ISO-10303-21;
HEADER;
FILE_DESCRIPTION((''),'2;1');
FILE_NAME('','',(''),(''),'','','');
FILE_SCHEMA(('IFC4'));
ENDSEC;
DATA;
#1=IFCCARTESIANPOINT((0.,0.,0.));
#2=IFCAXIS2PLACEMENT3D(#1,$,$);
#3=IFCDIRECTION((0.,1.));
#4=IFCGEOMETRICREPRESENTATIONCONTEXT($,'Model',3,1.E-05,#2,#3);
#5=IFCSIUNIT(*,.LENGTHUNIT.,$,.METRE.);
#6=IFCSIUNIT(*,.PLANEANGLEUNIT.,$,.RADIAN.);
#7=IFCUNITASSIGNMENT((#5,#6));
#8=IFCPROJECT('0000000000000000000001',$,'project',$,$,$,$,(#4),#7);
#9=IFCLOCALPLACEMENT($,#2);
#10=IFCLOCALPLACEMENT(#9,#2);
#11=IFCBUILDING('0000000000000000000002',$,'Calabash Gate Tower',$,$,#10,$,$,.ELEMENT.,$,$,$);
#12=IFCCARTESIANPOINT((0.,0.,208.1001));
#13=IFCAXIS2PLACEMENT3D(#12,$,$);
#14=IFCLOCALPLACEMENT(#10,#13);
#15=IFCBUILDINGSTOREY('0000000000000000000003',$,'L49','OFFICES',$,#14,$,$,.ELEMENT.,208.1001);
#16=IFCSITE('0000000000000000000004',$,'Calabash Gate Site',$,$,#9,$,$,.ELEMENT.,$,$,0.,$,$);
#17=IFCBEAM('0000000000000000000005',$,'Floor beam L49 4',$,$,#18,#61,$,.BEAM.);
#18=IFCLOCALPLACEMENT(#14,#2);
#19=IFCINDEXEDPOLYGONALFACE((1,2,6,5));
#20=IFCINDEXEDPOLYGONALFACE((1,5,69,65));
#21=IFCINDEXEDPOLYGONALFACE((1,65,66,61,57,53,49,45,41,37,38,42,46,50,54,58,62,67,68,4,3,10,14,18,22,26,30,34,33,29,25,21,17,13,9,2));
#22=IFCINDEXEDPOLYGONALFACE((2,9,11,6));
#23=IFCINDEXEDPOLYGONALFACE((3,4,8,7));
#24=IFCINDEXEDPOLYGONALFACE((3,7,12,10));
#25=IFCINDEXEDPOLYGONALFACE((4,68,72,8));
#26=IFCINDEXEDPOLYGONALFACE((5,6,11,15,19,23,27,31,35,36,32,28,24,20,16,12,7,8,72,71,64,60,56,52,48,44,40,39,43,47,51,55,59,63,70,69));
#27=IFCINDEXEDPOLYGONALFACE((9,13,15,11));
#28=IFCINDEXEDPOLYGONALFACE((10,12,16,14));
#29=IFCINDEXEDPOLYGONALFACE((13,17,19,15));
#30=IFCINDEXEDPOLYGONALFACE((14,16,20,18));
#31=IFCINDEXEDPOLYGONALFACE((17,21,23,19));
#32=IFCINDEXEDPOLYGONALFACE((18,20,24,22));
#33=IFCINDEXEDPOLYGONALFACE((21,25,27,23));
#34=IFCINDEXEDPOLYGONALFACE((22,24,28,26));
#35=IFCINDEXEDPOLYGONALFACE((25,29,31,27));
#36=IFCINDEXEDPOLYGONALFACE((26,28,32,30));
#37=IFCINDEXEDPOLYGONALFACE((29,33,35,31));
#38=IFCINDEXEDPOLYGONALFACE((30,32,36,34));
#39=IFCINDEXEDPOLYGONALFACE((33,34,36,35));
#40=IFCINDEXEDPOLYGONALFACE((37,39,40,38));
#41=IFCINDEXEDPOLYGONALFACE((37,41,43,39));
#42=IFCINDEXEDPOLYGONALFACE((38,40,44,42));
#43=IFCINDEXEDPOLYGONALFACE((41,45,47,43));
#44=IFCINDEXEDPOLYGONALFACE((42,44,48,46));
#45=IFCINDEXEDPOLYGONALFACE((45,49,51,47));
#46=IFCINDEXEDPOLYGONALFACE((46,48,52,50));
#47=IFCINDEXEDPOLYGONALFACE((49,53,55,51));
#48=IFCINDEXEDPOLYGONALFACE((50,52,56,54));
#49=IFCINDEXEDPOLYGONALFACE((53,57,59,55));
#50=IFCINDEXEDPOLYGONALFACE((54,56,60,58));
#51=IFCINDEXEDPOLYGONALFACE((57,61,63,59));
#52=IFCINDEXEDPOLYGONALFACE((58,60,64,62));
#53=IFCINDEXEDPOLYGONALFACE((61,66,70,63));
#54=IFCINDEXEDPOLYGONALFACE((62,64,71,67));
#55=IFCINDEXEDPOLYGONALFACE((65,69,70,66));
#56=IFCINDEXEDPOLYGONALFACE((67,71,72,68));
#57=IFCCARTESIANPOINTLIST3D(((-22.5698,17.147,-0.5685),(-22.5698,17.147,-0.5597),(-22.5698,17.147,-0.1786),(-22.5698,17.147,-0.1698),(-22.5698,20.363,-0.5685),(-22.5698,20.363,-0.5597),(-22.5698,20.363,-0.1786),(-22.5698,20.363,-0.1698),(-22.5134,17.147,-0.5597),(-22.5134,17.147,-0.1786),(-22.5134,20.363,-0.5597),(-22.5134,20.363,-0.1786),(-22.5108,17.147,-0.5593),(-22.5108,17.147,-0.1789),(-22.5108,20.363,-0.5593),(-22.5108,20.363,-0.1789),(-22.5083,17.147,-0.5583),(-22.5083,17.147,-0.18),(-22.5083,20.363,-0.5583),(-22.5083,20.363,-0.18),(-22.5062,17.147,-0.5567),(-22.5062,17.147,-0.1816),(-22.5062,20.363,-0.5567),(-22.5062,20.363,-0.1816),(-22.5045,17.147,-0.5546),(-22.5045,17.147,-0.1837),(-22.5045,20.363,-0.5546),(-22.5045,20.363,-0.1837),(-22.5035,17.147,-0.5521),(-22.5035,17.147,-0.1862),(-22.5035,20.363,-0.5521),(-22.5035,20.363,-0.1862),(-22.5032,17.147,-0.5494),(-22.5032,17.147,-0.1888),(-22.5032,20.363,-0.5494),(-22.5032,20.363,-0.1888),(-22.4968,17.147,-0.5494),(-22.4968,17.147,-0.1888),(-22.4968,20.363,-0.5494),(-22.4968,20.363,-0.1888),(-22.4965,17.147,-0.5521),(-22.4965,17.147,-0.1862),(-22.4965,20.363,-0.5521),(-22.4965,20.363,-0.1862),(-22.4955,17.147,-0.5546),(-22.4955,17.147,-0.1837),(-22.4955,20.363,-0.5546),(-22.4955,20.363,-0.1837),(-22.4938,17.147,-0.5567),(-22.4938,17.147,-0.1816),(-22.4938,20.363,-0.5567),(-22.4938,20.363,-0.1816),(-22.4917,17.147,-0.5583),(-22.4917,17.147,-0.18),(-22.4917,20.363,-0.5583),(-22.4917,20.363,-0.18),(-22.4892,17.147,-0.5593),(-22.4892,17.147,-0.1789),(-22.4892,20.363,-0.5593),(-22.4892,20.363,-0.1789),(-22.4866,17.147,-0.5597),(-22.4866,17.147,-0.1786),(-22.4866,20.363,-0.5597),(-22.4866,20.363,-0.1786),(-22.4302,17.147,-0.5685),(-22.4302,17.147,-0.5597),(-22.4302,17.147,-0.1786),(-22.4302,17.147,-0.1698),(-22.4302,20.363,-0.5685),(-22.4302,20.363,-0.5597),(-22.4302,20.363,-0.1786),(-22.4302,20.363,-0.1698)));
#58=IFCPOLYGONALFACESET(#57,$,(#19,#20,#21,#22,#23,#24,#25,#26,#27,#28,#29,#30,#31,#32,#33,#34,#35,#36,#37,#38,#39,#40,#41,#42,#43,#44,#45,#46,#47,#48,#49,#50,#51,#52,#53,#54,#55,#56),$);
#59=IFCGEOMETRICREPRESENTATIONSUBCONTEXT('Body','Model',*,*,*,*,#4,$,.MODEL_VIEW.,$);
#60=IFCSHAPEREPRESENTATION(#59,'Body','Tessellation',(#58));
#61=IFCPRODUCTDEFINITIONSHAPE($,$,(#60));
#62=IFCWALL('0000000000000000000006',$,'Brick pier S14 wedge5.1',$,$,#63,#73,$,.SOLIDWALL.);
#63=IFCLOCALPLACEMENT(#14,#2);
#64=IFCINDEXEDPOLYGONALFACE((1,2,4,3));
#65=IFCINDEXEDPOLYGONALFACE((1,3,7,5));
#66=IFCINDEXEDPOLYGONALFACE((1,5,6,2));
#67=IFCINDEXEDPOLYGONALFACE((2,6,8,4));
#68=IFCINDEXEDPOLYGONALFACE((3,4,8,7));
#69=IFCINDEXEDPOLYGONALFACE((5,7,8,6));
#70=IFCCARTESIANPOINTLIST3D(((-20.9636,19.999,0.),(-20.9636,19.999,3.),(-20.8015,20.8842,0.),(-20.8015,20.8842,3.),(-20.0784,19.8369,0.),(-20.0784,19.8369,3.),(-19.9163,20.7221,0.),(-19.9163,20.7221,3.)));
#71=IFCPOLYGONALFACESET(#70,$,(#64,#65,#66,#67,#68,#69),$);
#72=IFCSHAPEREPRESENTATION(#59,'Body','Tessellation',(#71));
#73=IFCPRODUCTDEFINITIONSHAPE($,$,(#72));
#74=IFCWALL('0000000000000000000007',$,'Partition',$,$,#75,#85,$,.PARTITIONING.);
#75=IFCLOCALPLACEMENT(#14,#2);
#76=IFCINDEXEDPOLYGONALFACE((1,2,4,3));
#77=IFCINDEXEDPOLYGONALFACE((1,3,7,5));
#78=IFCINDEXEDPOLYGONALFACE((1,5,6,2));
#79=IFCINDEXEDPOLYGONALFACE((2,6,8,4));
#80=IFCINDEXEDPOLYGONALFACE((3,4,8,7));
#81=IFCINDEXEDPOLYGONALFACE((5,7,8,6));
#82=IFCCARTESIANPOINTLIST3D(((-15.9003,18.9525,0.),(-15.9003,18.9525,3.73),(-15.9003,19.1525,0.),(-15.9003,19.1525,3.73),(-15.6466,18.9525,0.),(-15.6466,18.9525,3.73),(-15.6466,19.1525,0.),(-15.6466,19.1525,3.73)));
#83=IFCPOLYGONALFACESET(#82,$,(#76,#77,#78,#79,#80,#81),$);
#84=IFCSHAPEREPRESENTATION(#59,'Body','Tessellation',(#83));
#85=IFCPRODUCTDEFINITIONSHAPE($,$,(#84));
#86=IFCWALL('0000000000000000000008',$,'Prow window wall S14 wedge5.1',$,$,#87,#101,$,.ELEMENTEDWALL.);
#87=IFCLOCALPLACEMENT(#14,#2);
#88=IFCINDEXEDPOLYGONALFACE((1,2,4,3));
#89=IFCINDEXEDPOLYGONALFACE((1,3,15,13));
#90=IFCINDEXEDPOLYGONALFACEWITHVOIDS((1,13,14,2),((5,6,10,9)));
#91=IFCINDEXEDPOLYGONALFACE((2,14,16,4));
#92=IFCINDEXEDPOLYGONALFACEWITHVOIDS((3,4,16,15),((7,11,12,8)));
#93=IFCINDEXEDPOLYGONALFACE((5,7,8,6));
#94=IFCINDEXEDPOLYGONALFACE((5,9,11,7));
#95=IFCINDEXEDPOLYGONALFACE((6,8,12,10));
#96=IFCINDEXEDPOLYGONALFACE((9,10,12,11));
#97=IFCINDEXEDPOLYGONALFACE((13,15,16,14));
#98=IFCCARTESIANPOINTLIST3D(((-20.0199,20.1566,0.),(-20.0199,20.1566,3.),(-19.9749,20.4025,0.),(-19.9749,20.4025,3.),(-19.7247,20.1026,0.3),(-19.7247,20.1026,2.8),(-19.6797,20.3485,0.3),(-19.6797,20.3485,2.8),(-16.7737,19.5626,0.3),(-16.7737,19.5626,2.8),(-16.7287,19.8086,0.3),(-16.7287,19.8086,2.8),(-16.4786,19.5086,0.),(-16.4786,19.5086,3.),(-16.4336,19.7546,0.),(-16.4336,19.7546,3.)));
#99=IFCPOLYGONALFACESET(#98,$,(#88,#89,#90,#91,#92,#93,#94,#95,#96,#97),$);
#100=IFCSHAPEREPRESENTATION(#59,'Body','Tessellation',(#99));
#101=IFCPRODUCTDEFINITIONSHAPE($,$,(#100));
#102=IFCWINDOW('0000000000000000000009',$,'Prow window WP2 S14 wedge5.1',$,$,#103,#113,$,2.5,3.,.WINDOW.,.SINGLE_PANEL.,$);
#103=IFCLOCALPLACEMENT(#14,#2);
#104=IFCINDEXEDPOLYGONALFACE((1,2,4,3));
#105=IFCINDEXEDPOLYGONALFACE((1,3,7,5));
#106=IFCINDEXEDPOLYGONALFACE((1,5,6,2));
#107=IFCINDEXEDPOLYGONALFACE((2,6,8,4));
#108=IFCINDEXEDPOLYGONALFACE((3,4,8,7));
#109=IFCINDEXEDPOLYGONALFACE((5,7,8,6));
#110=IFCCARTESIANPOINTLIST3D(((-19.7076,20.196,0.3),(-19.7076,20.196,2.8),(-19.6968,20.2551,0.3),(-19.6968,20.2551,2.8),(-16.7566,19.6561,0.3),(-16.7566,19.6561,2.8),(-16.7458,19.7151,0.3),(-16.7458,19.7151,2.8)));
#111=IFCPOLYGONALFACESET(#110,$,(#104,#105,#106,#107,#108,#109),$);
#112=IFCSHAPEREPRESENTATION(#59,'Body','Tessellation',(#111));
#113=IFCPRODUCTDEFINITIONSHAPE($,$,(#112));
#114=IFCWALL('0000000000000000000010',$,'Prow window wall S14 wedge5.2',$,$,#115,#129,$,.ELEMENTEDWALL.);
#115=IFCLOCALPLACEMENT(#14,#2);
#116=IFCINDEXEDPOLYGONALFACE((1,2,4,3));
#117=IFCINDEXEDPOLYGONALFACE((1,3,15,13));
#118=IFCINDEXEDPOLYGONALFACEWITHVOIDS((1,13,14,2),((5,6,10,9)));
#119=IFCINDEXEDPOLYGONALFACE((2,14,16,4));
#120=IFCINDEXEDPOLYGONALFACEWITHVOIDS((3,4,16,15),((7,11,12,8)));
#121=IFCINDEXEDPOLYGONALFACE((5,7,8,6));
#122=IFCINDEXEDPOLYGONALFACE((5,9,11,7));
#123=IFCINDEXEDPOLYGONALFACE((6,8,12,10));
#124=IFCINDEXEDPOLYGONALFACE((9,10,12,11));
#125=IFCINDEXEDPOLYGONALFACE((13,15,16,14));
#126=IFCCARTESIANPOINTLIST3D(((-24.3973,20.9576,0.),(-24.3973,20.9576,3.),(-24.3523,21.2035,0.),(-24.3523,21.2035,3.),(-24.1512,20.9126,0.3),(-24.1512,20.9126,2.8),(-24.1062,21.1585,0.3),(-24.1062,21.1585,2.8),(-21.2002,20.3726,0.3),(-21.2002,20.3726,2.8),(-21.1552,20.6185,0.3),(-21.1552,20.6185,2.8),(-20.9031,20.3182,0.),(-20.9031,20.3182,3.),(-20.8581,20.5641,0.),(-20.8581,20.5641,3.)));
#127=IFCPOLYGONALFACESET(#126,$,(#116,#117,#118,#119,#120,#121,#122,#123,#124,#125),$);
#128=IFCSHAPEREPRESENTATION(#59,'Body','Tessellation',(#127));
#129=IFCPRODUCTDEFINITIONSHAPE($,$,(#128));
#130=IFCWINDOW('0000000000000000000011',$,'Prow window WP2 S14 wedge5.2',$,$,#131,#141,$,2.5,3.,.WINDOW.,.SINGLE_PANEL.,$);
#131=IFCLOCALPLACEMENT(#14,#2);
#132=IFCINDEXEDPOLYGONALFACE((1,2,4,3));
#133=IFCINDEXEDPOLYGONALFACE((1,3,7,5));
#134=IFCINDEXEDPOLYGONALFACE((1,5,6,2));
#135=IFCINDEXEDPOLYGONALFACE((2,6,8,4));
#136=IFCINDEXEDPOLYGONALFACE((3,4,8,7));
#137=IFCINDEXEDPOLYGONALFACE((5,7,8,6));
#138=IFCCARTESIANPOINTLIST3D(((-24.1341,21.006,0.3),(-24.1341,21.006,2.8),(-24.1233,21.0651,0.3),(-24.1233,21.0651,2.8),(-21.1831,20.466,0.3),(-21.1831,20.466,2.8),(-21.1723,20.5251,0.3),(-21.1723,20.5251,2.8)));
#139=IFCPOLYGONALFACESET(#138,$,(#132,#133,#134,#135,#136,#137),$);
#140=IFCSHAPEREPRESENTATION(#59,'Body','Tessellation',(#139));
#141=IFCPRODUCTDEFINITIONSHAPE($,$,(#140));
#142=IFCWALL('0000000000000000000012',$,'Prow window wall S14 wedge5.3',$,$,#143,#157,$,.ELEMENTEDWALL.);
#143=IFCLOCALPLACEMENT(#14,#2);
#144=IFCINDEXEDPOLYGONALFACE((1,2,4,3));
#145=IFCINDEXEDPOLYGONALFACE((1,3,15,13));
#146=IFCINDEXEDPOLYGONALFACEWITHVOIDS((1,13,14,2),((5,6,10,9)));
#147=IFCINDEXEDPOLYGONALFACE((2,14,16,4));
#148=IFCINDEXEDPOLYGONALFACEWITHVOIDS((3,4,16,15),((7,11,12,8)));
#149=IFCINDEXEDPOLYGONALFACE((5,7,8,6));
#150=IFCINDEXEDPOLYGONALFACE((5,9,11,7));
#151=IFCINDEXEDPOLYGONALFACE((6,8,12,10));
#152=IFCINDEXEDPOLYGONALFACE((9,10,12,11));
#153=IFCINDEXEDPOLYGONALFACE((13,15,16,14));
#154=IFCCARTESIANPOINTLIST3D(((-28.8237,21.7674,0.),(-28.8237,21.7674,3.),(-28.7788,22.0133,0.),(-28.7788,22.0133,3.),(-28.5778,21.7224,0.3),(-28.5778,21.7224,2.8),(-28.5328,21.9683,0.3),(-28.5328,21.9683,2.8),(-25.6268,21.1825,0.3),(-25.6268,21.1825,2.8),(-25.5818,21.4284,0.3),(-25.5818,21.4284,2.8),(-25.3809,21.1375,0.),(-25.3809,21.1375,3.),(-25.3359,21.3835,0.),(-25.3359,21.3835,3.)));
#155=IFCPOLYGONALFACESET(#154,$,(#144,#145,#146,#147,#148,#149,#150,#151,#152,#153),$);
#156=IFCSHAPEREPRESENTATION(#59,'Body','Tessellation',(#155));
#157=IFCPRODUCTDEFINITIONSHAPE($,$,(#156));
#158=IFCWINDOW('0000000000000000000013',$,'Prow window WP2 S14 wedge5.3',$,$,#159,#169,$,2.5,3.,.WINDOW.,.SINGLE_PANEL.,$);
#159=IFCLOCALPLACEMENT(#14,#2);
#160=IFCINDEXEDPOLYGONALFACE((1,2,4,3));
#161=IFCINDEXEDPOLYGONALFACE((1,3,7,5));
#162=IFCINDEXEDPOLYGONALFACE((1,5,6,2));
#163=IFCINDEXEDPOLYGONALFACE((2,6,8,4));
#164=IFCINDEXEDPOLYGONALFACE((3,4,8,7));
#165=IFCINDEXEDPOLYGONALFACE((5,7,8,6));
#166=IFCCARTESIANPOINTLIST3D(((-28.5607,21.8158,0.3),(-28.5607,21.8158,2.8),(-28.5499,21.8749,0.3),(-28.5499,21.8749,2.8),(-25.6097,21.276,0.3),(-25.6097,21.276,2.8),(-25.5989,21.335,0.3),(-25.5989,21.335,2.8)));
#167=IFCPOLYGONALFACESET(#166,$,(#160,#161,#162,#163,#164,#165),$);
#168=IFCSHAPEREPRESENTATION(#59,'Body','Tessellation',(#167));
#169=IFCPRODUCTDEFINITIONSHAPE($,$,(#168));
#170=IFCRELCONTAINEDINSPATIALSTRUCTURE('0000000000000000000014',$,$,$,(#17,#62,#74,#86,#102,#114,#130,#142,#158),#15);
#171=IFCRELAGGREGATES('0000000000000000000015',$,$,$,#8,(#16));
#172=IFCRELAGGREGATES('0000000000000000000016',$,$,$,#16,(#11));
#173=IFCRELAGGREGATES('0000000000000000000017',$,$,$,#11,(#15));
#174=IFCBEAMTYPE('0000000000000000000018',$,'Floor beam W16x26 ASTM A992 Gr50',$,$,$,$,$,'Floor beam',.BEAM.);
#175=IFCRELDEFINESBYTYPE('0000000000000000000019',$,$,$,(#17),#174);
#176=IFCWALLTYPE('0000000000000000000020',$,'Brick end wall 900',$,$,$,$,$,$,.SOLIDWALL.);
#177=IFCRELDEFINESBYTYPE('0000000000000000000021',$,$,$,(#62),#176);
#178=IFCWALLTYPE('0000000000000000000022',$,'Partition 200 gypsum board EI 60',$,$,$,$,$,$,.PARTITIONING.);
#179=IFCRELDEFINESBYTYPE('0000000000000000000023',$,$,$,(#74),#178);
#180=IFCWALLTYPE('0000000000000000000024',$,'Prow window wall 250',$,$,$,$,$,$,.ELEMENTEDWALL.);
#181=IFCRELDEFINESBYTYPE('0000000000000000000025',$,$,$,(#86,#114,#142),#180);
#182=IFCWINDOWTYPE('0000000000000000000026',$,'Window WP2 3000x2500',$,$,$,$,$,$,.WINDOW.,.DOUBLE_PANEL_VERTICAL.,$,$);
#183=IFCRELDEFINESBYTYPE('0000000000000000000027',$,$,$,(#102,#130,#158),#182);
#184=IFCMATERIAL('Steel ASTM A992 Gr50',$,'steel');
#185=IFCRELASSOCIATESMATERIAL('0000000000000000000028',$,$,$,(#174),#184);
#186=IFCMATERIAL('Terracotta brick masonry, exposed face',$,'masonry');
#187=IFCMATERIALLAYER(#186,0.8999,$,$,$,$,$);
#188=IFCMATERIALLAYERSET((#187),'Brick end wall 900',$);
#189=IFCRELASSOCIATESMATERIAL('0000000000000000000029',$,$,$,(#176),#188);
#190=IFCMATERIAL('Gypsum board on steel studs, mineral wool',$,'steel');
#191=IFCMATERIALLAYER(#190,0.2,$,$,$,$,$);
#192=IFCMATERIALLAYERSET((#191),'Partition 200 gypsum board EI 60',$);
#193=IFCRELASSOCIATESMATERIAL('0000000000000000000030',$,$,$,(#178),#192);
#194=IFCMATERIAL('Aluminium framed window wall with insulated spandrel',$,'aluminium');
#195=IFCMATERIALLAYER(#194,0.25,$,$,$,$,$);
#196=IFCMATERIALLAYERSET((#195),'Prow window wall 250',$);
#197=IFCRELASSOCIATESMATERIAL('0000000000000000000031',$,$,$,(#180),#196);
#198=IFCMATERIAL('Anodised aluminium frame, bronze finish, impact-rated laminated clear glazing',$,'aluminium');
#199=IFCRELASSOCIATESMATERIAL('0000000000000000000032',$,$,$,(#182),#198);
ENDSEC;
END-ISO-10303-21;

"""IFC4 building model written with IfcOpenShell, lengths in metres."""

from ifc_helpers import new_model, si_unit, direction, frame, frame_2d, origin, origin_2d, place, context, subcontext, project, spatial, rectangle, i_section, extrude, material, layer, layer_set, material_profile, profile_set, type_object, element, fill, save


model = new_model("IFC4")

# Units and contexts
model_context = context("Model", 3, precision=1e-05, world=origin(), true_north=direction((0.0, 1.0)))
body_context = subcontext(model_context, "Body", "Model", "MODEL_VIEW")
ifc_project = project(units=[si_unit("LENGTHUNIT", "METRE"), si_unit("PLANEANGLEUNIT", "RADIAN")], contexts=[model_context])

# Site, building, storey
site_placement = place(None, origin())
site = spatial("IfcSite", under=ifc_project, at=site_placement, Name="Calabash Gate Site", CompositionType="ELEMENT", RefElevation=0.0)
building_placement = place(site_placement, origin())
building = spatial("IfcBuilding", under=site, at=building_placement, Name="Calabash Gate Tower", CompositionType="ELEMENT")
storey_placement = place(building_placement, frame((0.0, 0.0, 208.1001)))
storey = spatial("IfcBuildingStorey", under=building, at=storey_placement, Name="L49", Description="OFFICES", CompositionType="ELEMENT", Elevation=208.1001)

# Beam
ifc_material_1 = material(Name="Steel ASTM A992 Gr50", Category="steel")
ifc_material_profile_1 = material_profile(ifc_material_1, i_section(OverallWidth=0.1396, OverallDepth=0.3987, WebThickness=0.0063, FlangeThickness=0.0088, FilletRadius=0.0103, at=origin_2d()))
ifc_profile_set_1 = profile_set([ifc_material_profile_1], Name="Steel ASTM A992 Gr50")
beam_type_1 = type_object("IfcBeamType", Name="Floor beam W16x26 ASTM A992 Gr50", ElementType="Floor beam", PredefinedType="BEAM", material=ifc_profile_set_1)
beam_1_placement = place(storey_placement, frame((-22.5, 17.147, -0.3691), z_axis=(0.0, 1.0, 0.0), x_axis=(-1.0, 0.0, 0.0)))
element("IfcBeam", 1, at=beam_1_placement, inside=storey, type_object=beam_type_1, Name="Floor beam L49 4", PredefinedType="BEAM", context=body_context, shape_type="SweptSolid", body=[
    extrude(i_section(OverallWidth=0.1396, OverallDepth=0.3987, WebThickness=0.0063, FlangeThickness=0.0088, FilletRadius=0.0103, at=origin_2d()), origin(), (0.0, 0.0, 1.0), 3.2161),
])

# Walls
ifc_material_2 = material(Name="Terracotta brick masonry, exposed face", Category="masonry")
ifc_layer_1 = layer(ifc_material_2, 0.8999)
ifc_layer_set_1 = layer_set([ifc_layer_1], Name="Brick end wall 900")
wall_type_1 = type_object("IfcWallType", Name="Brick end wall 900", PredefinedType="SOLIDWALL", material=ifc_layer_set_1)
wall_1_placement = place(storey_placement, frame((-20.521, 19.918, 0.0), z_axis=(0.0, 0.0, 1.0), x_axis=(0.180127, 0.983643, 0.0)))
element("IfcWall", 2, at=wall_1_placement, inside=storey, type_object=wall_type_1, Name="Brick pier S14 wedge5.1", PredefinedType="SOLIDWALL", context=body_context, shape_type="SweptSolid", body=[
    extrude(rectangle(XDim=0.8999, YDim=0.8999, at=frame_2d((0.45, 0.0))), origin(), (0.0, 0.0, 1.0), 3.0),
])
ifc_material_3 = material(Name="Gypsum board on steel studs, mineral wool", Category="steel")
ifc_layer_2 = layer(ifc_material_3, 0.2)
ifc_layer_set_2 = layer_set([ifc_layer_2], Name="Partition 200 gypsum board EI 60")
wall_type_2 = type_object("IfcWallType", Name="Partition 200 gypsum board EI 60", PredefinedType="PARTITIONING", material=ifc_layer_set_2)
wall_2_placement = place(storey_placement, frame((-15.9004, 19.0525, 0.0), z_axis=(0.0, 0.0, 1.0), x_axis=(1.0, 0.0, 0.0)))
element("IfcWall", 3, at=wall_2_placement, inside=storey, type_object=wall_type_2, Name="Partition", PredefinedType="PARTITIONING", context=body_context, shape_type="SweptSolid", body=[
    extrude(rectangle(XDim=0.2537, YDim=0.2, at=frame_2d((0.127, 0.0))), origin(), (0.0, 0.0, 1.0), 3.73),
])

# Walls, openings, windows
ifc_material_4 = material(Name="Aluminium framed window wall with insulated spandrel", Category="aluminium")
ifc_layer_3 = layer(ifc_material_4, 0.25)
ifc_layer_set_3 = layer_set([ifc_layer_3], Name="Prow window wall 250")
wall_type_3 = type_object("IfcWallType", Name="Prow window wall 250", PredefinedType="ELEMENTEDWALL", material=ifc_layer_set_3)
wall_3_placement = place(storey_placement, frame((-16.4561, 19.6316, 0.0), z_axis=(0.0, 0.0, 1.0), x_axis=(-0.98367, 0.179983, 0.0)))
wall_3 = element("IfcWall", 4, at=wall_3_placement, inside=storey, type_object=wall_type_3, Name="Prow window wall S14 wedge5.1", PredefinedType="ELEMENTEDWALL", context=body_context, shape_type="SweptSolid", body=[
    extrude(rectangle(XDim=3.6001, YDim=0.25, at=frame_2d((1.8, 0.0))), origin(), (0.0, 0.0, 1.0), 3.0),
])
opening_1_placement = place(wall_3_placement, frame((0.3, 0.0, 0.3)))
opening_1 = element("IfcOpeningElement", 5, at=opening_1_placement, cuts=wall_3, PredefinedType="OPENING", context=body_context, shape_type="SweptSolid", body=[
    extrude(rectangle(XDim=3.0, YDim=2.5, at=frame_2d((1.5, 1.25))), frame((0.0, 0.135, 0.0), z_axis=(0.0, -1.0, 0.0), x_axis=(1.0, 0.0, 0.0)), (0.0, 0.0, 1.0), 0.27),
])
ifc_material_5 = material(Name="Anodised aluminium frame, bronze finish, impact-rated laminated clear glazing", Category="aluminium")
window_type = type_object("IfcWindowType", Name="Window WP2 3000x2500", PartitioningType="DOUBLE_PANEL_VERTICAL", PredefinedType="WINDOW", material=ifc_material_5)
window_1_placement = place(opening_1_placement, origin())
window_1 = element("IfcWindow", 6, at=window_1_placement, inside=storey, type_object=window_type, Name="Prow window WP2 S14 wedge5.1", OverallHeight=2.5, OverallWidth=3.0, PartitioningType="SINGLE_PANEL", PredefinedType="WINDOW", context=body_context, shape_type="SweptSolid", body=[
    extrude(rectangle(XDim=3.0, YDim=2.5, at=frame_2d((1.5, 1.25))), frame((0.0, 0.03, 0.0), z_axis=(0.0, -1.0, 0.0), x_axis=(1.0, 0.0, 0.0)), (0.0, 0.0, 1.0), 0.0601),
])
fill(opening_1, window_1)
wall_4_placement = place(storey_placement, frame((-20.8806, 20.4412, 0.0), z_axis=(0.0, 0.0, 1.0), x_axis=(-0.983666, 0.180004, 0.0)))
wall_4 = element("IfcWall", 7, at=wall_4_placement, inside=storey, type_object=wall_type_3, Name="Prow window wall S14 wedge5.2", PredefinedType="ELEMENTEDWALL", context=body_context, shape_type="SweptSolid", body=[
    extrude(rectangle(XDim=3.5522, YDim=0.25, at=frame_2d((1.7761, 0.0))), origin(), (0.0, 0.0, 1.0), 3.0),
])
opening_2_placement = place(wall_4_placement, frame((0.302, 0.0, 0.3)))
opening_2 = element("IfcOpeningElement", 8, at=opening_2_placement, cuts=wall_4, PredefinedType="OPENING", context=body_context, shape_type="SweptSolid", body=[
    extrude(rectangle(XDim=3.0, YDim=2.5, at=frame_2d((1.5, 1.25))), frame((0.0, 0.135, 0.0), z_axis=(0.0, -1.0, 0.0), x_axis=(1.0, 0.0, 0.0)), (0.0, 0.0, 1.0), 0.27),
])
window_2_placement = place(opening_2_placement, origin())
window_2 = element("IfcWindow", 9, at=window_2_placement, inside=storey, type_object=window_type, Name="Prow window WP2 S14 wedge5.2", OverallHeight=2.5, OverallWidth=3.0, PartitioningType="SINGLE_PANEL", PredefinedType="WINDOW", context=body_context, shape_type="SweptSolid", body=[
    extrude(rectangle(XDim=3.0, YDim=2.5, at=frame_2d((1.5, 1.25))), frame((0.0, 0.03, 0.0), z_axis=(0.0, -1.0, 0.0), x_axis=(1.0, 0.0, 0.0)), (0.0, 0.0, 1.0), 0.0601),
])
fill(opening_2, window_2)
wall_5_placement = place(storey_placement, frame((-25.3584, 21.2605, 0.0), z_axis=(0.0, 0.0, 1.0), x_axis=(-0.983673, 0.179966, 0.0)))
wall_5 = element("IfcWall", 10, at=wall_5_placement, inside=storey, type_object=wall_type_3, Name="Prow window wall S14 wedge5.3", PredefinedType="ELEMENTEDWALL", context=body_context, shape_type="SweptSolid", body=[
    extrude(rectangle(XDim=3.5, YDim=0.25, at=frame_2d((1.75, 0.0))), origin(), (0.0, 0.0, 1.0), 3.0),
])
opening_3_placement = place(wall_5_placement, frame((0.25, 0.0, 0.3)))
opening_3 = element("IfcOpeningElement", 11, at=opening_3_placement, cuts=wall_5, PredefinedType="OPENING", context=body_context, shape_type="SweptSolid", body=[
    extrude(rectangle(XDim=3.0, YDim=2.5, at=frame_2d((1.5, 1.25))), frame((0.0, 0.135, 0.0), z_axis=(0.0, -1.0, 0.0), x_axis=(1.0, 0.0, 0.0)), (0.0, 0.0, 1.0), 0.27),
])
window_3_placement = place(opening_3_placement, origin())
window_3 = element("IfcWindow", 12, at=window_3_placement, inside=storey, type_object=window_type, Name="Prow window WP2 S14 wedge5.3", OverallHeight=2.5, OverallWidth=3.0, PartitioningType="SINGLE_PANEL", PredefinedType="WINDOW", context=body_context, shape_type="SweptSolid", body=[
    extrude(rectangle(XDim=3.0, YDim=2.5, at=frame_2d((1.5, 1.25))), frame((0.0, 0.03, 0.0), z_axis=(0.0, -1.0, 0.0), x_axis=(1.0, 0.0, 0.0)), (0.0, 0.0, 1.0), 0.0601),
])
fill(opening_3, window_3)

save(model, "model.ifc")
